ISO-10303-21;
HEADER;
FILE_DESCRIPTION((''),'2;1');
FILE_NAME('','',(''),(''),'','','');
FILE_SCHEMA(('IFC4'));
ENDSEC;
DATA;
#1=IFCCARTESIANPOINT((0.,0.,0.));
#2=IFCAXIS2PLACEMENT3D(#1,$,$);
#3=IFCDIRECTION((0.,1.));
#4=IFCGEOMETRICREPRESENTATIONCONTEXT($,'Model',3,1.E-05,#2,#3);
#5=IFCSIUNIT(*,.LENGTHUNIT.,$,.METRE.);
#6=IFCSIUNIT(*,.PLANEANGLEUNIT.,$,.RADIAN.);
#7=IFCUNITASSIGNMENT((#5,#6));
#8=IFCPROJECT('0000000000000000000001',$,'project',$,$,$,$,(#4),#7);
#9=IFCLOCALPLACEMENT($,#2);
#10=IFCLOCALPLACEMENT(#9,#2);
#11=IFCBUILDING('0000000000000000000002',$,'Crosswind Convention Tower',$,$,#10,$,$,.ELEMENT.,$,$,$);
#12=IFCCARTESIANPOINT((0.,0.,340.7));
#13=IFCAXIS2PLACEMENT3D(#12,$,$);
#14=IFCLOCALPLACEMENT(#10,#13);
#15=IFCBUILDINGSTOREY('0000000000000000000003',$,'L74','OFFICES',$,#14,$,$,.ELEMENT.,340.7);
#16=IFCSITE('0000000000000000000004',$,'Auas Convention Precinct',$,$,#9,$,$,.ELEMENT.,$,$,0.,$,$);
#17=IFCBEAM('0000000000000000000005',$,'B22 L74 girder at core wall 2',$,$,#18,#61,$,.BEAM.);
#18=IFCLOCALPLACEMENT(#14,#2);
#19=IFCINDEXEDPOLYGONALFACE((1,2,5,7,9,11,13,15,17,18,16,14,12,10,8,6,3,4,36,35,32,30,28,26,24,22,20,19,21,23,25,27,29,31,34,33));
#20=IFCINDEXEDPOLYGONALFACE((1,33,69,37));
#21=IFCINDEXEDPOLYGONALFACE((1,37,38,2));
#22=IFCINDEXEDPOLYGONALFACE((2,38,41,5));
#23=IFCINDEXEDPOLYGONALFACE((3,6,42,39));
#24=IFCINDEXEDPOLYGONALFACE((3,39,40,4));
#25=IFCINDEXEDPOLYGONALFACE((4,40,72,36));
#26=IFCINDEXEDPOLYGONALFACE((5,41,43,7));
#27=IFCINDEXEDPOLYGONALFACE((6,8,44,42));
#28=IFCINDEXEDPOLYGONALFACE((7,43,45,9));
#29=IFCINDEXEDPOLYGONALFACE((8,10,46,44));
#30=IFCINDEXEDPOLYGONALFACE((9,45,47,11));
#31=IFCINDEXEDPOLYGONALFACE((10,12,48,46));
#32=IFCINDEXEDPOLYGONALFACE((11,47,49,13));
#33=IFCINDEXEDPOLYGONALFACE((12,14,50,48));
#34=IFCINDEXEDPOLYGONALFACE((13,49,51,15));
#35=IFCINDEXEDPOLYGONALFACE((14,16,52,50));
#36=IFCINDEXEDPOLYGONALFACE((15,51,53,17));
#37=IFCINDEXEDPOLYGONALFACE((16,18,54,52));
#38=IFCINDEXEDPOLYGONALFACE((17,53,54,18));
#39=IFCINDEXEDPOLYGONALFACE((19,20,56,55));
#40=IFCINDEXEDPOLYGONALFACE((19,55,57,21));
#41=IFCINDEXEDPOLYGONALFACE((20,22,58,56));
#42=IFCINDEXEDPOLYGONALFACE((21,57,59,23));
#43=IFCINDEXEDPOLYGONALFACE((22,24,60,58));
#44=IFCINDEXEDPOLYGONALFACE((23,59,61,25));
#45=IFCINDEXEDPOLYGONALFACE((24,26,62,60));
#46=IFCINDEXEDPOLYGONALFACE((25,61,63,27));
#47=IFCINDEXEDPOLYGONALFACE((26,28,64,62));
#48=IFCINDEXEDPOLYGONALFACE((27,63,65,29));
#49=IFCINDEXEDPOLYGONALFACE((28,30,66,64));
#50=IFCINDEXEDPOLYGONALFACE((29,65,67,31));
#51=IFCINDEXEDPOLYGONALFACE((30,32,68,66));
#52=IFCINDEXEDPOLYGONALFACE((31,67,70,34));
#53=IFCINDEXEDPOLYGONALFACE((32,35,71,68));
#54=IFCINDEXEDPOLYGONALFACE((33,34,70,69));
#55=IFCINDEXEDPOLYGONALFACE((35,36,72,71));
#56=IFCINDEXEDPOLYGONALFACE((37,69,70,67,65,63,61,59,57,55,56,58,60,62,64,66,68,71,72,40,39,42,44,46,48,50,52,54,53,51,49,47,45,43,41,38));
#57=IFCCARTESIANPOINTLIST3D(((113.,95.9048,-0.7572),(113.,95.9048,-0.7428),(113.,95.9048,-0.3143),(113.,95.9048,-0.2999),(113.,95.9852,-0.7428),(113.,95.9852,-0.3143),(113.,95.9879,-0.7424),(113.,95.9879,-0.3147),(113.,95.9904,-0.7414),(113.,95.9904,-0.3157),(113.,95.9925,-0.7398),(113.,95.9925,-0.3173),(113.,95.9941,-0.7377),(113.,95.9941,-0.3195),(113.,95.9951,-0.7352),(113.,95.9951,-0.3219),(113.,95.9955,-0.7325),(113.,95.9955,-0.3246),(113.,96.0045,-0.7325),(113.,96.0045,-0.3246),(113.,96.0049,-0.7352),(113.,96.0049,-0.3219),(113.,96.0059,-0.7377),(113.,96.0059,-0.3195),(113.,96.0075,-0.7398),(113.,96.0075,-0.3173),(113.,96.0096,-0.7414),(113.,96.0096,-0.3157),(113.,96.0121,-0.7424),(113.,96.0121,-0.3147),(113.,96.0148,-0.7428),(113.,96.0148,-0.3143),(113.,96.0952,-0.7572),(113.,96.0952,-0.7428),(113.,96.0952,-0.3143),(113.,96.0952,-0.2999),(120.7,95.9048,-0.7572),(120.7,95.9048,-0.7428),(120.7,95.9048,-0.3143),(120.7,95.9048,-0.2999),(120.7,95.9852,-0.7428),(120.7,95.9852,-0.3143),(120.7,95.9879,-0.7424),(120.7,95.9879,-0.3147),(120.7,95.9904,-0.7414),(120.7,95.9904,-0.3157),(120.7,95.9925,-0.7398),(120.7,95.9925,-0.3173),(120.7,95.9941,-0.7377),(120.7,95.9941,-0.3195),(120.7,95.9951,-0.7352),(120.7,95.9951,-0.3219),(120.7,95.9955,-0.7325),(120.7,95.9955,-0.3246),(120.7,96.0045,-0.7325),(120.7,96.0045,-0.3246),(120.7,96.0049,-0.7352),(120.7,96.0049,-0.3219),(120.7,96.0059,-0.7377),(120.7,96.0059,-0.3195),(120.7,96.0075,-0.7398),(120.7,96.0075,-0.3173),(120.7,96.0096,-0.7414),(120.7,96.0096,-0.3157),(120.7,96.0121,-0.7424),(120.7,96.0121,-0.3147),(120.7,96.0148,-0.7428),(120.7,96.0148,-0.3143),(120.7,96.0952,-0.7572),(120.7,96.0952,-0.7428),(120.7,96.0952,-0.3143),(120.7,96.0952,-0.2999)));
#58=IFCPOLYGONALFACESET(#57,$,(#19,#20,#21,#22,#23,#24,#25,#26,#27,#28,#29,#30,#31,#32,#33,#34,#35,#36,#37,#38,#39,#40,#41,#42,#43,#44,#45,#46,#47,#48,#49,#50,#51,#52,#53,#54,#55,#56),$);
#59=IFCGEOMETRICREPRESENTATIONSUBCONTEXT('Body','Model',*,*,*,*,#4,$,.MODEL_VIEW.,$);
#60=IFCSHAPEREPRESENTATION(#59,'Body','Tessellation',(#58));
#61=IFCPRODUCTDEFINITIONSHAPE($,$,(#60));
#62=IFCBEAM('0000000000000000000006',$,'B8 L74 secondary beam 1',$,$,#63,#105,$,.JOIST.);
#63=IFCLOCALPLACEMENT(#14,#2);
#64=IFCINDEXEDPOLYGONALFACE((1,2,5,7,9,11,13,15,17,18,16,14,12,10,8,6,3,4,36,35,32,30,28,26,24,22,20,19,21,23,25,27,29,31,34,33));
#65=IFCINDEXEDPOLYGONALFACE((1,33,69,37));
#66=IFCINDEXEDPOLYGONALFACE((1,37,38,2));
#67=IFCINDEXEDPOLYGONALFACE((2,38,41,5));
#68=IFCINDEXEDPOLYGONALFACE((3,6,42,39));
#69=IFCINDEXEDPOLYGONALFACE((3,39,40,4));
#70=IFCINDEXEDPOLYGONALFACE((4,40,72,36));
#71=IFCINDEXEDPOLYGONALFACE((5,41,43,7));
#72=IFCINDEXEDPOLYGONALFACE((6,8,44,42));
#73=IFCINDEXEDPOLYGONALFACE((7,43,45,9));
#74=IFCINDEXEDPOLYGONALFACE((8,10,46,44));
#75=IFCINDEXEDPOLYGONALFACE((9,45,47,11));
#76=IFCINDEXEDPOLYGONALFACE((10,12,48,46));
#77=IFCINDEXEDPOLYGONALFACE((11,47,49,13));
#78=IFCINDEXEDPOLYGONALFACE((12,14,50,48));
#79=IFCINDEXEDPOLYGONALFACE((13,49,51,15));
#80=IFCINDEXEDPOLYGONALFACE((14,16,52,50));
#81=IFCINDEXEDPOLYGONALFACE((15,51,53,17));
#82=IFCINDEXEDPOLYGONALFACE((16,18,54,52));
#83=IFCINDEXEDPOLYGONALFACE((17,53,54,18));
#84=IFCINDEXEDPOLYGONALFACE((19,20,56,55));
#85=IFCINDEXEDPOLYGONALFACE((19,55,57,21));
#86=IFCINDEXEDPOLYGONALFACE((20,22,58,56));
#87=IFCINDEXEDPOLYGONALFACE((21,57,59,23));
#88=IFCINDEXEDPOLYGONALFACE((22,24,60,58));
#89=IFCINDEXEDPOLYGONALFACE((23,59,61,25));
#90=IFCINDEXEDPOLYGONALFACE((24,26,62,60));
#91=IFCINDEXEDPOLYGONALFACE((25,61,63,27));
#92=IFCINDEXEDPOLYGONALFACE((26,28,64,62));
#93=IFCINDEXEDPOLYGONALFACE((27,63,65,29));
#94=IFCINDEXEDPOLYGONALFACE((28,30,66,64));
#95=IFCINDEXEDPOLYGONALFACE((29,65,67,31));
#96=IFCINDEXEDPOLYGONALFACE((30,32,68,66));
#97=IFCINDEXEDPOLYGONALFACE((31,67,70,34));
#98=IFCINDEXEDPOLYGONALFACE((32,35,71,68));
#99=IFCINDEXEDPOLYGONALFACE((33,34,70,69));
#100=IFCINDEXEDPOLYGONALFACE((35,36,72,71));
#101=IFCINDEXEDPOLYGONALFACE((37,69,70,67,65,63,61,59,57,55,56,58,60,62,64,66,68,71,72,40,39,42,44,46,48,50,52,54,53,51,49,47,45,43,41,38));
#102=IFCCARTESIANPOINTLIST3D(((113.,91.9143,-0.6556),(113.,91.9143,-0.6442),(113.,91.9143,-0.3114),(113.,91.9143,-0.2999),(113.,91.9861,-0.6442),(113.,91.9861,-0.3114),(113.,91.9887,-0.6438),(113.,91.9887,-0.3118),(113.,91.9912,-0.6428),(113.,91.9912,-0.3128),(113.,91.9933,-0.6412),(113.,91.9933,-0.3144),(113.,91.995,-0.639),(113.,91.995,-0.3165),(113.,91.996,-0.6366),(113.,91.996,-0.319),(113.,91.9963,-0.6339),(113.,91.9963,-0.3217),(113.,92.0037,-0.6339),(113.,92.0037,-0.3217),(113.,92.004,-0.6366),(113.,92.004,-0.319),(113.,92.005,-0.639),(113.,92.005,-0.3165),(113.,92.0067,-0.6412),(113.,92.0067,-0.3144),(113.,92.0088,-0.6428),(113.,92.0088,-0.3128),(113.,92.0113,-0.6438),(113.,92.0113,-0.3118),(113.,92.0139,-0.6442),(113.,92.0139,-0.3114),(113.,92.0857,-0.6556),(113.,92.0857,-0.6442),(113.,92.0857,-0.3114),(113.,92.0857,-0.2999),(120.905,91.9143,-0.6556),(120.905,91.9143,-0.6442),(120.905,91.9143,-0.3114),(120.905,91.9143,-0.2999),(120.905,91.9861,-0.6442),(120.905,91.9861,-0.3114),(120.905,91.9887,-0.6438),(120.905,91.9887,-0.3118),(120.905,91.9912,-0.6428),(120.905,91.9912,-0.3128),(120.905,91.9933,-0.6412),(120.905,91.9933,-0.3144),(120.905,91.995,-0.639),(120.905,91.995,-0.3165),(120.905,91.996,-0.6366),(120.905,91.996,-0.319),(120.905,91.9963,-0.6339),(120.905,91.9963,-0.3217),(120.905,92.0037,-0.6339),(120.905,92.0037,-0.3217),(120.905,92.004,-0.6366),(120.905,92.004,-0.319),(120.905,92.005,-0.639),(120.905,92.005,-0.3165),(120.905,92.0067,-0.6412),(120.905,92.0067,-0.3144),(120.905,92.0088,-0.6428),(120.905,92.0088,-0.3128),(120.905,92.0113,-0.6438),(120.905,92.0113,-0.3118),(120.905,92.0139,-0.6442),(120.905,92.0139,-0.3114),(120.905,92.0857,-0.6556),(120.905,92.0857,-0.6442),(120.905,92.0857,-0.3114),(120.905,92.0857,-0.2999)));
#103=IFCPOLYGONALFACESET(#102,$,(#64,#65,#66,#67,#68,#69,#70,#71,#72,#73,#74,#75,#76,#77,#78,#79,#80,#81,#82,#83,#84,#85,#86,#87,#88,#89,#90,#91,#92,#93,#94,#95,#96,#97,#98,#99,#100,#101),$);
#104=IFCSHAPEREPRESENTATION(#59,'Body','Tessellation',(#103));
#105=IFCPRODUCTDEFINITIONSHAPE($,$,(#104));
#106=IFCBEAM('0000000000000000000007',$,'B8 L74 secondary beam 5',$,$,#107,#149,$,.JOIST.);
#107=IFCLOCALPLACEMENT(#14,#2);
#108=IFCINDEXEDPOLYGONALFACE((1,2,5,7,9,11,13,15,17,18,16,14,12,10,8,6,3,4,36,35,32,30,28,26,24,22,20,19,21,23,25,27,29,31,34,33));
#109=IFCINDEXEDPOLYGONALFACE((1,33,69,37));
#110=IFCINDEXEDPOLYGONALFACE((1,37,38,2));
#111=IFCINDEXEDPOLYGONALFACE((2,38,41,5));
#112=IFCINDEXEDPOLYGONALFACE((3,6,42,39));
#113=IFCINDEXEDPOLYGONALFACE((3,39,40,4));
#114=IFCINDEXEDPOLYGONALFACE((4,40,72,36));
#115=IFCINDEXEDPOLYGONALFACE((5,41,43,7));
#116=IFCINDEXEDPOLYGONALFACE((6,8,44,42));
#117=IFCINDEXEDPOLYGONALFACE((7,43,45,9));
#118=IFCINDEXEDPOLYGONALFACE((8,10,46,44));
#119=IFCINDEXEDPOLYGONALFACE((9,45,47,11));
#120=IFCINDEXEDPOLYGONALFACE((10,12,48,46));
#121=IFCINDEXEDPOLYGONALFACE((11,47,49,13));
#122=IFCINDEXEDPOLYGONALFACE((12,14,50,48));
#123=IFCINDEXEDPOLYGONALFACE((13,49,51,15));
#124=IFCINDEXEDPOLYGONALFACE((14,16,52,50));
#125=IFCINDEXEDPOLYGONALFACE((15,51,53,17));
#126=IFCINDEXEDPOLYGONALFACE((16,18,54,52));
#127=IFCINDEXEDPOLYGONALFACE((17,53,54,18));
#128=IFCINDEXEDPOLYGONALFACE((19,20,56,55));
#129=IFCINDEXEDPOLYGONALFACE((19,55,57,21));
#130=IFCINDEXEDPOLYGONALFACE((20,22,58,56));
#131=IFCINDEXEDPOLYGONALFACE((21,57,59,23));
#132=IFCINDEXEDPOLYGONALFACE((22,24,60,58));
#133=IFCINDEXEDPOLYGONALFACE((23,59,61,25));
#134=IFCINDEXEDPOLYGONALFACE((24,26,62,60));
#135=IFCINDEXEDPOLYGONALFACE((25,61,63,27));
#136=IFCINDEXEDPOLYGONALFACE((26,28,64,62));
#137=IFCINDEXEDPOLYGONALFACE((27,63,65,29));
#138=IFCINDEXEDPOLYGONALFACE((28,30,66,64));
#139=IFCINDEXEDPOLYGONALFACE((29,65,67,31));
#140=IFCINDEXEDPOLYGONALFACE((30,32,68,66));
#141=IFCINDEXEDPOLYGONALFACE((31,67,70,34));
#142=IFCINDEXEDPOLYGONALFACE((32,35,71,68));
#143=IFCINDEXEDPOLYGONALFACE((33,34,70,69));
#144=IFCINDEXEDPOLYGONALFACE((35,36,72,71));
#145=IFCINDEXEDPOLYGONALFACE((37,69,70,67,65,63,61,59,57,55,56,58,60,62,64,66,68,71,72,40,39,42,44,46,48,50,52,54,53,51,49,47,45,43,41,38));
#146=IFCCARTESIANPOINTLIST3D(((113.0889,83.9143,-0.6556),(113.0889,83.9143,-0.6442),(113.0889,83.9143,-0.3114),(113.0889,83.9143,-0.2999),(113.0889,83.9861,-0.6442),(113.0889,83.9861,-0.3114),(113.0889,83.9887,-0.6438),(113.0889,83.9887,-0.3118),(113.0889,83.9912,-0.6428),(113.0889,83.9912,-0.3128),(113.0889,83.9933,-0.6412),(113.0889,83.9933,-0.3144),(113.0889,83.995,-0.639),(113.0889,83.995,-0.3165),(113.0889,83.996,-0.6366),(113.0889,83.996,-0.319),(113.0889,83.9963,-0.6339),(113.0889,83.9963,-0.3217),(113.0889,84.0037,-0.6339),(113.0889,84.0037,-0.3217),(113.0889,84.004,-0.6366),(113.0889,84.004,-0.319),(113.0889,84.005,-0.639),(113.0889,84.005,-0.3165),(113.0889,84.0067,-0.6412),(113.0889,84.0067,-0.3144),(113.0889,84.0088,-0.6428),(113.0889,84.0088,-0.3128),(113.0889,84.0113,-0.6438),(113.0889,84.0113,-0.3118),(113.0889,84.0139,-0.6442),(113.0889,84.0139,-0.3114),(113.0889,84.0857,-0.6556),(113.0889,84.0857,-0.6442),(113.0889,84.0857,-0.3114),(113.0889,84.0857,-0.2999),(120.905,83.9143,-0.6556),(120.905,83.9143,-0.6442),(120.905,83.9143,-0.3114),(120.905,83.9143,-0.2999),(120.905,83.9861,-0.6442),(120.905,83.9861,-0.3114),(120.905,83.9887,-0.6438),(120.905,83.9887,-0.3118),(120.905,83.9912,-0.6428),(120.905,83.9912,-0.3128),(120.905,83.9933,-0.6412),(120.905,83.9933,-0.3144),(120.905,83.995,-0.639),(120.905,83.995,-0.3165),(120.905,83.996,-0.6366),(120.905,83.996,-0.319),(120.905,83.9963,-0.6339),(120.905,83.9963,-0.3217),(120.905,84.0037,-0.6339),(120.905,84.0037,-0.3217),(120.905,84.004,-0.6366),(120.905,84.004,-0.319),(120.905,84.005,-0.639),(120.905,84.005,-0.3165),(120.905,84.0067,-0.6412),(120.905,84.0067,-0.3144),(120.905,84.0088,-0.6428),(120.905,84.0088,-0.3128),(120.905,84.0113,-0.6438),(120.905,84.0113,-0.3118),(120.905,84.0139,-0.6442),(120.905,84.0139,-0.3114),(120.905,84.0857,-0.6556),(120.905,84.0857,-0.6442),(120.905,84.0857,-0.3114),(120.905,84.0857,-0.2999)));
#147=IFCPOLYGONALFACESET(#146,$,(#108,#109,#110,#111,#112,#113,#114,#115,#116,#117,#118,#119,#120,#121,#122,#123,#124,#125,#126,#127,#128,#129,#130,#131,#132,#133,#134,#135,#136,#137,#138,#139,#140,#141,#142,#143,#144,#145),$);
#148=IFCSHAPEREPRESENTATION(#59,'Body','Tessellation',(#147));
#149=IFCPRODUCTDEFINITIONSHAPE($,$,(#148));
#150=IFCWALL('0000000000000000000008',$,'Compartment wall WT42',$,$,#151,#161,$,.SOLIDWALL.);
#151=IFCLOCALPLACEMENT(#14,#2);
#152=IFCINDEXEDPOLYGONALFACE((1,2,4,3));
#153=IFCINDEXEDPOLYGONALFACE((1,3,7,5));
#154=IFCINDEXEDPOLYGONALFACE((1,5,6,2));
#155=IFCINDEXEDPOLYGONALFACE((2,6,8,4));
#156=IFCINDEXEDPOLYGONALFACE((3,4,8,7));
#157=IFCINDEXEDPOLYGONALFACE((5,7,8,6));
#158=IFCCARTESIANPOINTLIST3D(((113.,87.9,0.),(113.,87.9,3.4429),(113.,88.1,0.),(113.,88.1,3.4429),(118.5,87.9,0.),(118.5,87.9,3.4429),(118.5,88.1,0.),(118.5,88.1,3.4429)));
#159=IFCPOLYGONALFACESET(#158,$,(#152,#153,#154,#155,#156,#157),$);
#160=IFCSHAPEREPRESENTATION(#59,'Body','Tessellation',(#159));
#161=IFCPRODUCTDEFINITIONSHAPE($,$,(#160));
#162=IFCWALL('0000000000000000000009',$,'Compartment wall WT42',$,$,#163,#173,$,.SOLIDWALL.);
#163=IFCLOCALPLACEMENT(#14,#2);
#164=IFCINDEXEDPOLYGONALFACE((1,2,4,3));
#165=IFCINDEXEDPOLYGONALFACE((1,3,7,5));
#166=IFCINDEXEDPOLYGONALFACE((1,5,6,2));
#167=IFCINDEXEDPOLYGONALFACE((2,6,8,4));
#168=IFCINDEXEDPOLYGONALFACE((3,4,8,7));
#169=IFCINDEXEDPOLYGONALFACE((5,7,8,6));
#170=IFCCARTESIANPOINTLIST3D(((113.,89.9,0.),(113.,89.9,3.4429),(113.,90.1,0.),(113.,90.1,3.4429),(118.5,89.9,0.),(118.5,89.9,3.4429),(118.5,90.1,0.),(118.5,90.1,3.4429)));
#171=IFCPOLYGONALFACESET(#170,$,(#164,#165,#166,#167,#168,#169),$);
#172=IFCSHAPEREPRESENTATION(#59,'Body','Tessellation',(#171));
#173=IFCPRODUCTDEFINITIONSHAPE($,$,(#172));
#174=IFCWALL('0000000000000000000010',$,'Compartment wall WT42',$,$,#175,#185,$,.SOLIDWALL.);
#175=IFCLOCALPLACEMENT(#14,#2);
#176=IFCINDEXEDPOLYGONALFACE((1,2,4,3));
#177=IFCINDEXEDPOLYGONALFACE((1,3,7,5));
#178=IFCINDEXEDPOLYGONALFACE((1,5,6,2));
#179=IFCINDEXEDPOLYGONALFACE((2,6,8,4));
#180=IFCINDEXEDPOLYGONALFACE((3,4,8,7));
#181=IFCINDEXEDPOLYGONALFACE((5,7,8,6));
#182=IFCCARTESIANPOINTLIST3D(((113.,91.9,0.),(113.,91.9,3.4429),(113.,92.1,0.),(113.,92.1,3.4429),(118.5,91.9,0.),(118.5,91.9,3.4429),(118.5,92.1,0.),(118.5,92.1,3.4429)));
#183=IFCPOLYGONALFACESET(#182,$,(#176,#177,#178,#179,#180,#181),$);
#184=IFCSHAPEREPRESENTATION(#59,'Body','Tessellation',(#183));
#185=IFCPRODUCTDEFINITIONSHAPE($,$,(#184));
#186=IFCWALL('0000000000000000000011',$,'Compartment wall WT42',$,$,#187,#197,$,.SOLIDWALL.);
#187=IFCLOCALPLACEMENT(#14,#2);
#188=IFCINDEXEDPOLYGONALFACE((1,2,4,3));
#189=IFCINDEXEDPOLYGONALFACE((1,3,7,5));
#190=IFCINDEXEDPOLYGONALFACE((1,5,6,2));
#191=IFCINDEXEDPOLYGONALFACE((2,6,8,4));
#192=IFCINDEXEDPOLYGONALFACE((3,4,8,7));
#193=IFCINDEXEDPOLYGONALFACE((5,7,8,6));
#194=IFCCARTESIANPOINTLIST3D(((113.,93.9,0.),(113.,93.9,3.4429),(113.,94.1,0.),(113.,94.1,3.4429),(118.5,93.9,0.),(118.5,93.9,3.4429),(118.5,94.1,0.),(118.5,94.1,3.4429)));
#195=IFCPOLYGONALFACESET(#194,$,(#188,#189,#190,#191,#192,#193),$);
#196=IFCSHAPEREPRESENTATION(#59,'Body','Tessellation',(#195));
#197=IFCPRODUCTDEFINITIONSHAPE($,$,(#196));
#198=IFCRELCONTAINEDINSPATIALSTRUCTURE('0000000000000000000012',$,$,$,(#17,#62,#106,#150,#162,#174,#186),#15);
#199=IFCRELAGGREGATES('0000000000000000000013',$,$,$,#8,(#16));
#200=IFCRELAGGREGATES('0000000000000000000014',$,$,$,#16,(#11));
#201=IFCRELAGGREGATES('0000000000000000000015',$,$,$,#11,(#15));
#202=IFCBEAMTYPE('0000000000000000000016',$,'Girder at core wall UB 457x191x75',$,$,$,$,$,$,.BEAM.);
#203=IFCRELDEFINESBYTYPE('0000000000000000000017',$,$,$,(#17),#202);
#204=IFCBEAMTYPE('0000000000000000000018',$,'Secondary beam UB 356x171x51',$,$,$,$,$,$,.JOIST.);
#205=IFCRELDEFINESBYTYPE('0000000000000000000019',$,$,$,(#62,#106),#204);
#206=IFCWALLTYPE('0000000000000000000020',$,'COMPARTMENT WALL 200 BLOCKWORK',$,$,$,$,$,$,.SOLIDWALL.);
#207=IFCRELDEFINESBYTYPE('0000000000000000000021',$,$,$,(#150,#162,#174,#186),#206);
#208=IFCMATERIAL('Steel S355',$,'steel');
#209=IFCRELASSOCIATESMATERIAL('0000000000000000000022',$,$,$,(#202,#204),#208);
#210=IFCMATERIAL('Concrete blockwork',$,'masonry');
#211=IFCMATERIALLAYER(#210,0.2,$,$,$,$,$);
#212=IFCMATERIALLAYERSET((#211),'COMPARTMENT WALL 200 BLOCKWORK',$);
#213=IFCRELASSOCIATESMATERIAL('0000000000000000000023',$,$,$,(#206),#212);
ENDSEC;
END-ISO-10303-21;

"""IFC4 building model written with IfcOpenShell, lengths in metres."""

from ifc_helpers import new_model, si_unit, direction, frame, frame_2d, origin, origin_2d, place, context, subcontext, project, spatial, rectangle, i_section, extrude, material, layer, layer_set, material_profile, profile_set, type_object, element, save


model = new_model("IFC4")

# Units and contexts
model_context = context("Model", 3, precision=1e-05, world=origin(), true_north=direction((0.0, 1.0)))
body_context = subcontext(model_context, "Body", "Model", "MODEL_VIEW")
ifc_project = project(units=[si_unit("LENGTHUNIT", "METRE"), si_unit("PLANEANGLEUNIT", "RADIAN")], contexts=[model_context])

# Site, building, storey
site_placement = place(None, origin())
site = spatial("IfcSite", under=ifc_project, at=site_placement, Name="Auas Convention Precinct", CompositionType="ELEMENT", RefElevation=0.0)
building_placement = place(site_placement, origin())
building = spatial("IfcBuilding", under=site, at=building_placement, Name="Crosswind Convention Tower", CompositionType="ELEMENT")
storey_placement = place(building_placement, frame((0.0, 0.0, 340.7)))
storey = spatial("IfcBuildingStorey", under=building, at=storey_placement, Name="L74", Description="OFFICES", CompositionType="ELEMENT", Elevation=340.7)

# Beams
ifc_material_1 = material(Name="Steel S355", Category="steel")
ifc_material_profile_1 = material_profile(ifc_material_1, i_section(OverallWidth=0.1904, OverallDepth=0.4573, WebThickness=0.009, FlangeThickness=0.0144, FilletRadius=0.0103, at=origin_2d()), Name="UB 457x191x75")
ifc_profile_set_1 = profile_set([ifc_material_profile_1], Name="Steel S355")
beam_type_1 = type_object("IfcBeamType", Name="Girder at core wall UB 457x191x75", PredefinedType="BEAM", material=ifc_profile_set_1)
for number, where, z_axis, x_axis, name in (
    (1, (113.0, 96.0, -0.5286), (1.0, 0.0, 0.0), (0.0, 1.0, 0.0), "B22 L74 girder at core wall 2"),
):
    element("IfcBeam", number, at=place(storey_placement, frame(where, z_axis=z_axis, x_axis=x_axis)), inside=storey, type_object=beam_type_1, Name=name, PredefinedType="BEAM", context=body_context, shape_type="SweptSolid", body=[
        extrude(i_section(OverallWidth=0.1904, OverallDepth=0.4573, WebThickness=0.009, FlangeThickness=0.0144, FilletRadius=0.0103, at=origin_2d()), origin(), (0.0, 0.0, 1.0), 7.7),
    ])
ifc_material_profile_2 = material_profile(ifc_material_1, i_section(OverallWidth=0.1714, OverallDepth=0.3557, WebThickness=0.0073, FlangeThickness=0.0115, FilletRadius=0.0103, at=origin_2d()), Name="UB 356x171x51")
ifc_profile_set_2 = profile_set([ifc_material_profile_2], Name="Steel S355")
beam_type_2 = type_object("IfcBeamType", Name="Secondary beam UB 356x171x51", PredefinedType="JOIST", material=ifc_profile_set_2)
beam_1_placement = place(storey_placement, frame((113.0, 92.0, -0.4778), z_axis=(1.0, 0.0, 0.0), x_axis=(0.0, 1.0, 0.0)))
element("IfcBeam", 2, at=beam_1_placement, inside=storey, type_object=beam_type_2, Name="B8 L74 secondary beam 1", PredefinedType="JOIST", context=body_context, shape_type="SweptSolid", body=[
    extrude(i_section(OverallWidth=0.1714, OverallDepth=0.3557, WebThickness=0.0073, FlangeThickness=0.0115, FilletRadius=0.0103, at=origin_2d()), origin(), (0.0, 0.0, 1.0), 7.905),
])
beam_2_placement = place(storey_placement, frame((113.0889, 84.0, -0.4778), z_axis=(1.0, 0.0, 0.0), x_axis=(0.0, 1.0, 0.0)))
element("IfcBeam", 3, at=beam_2_placement, inside=storey, type_object=beam_type_2, Name="B8 L74 secondary beam 5", PredefinedType="JOIST", context=body_context, shape_type="SweptSolid", body=[
    extrude(i_section(OverallWidth=0.1714, OverallDepth=0.3557, WebThickness=0.0073, FlangeThickness=0.0115, FilletRadius=0.0103, at=origin_2d()), origin(), (0.0, 0.0, 1.0), 7.8162),
])

# Walls
ifc_material_2 = material(Name="Concrete blockwork", Category="masonry")
ifc_layer_1 = layer(ifc_material_2, 0.2)
ifc_layer_set_1 = layer_set([ifc_layer_1], Name="COMPARTMENT WALL 200 BLOCKWORK")
wall_type_1 = type_object("IfcWallType", Name="COMPARTMENT WALL 200 BLOCKWORK", PredefinedType="SOLIDWALL", material=ifc_layer_set_1)
for number, where, z_axis, x_axis, name in (
    (4, (113.0, 88.0, 0.0), (0.0, 0.0, 1.0), (1.0, 0.0, 0.0), "Compartment wall WT42"),
    (5, (113.0, 90.0, 0.0), (0.0, 0.0, 1.0), (1.0, 0.0, 0.0), "Compartment wall WT42"),
    (6, (113.0, 92.0, 0.0), (0.0, 0.0, 1.0), (1.0, 0.0, 0.0), "Compartment wall WT42"),
    (7, (113.0, 94.0, 0.0), (0.0, 0.0, 1.0), (1.0, 0.0, 0.0), "Compartment wall WT42"),
):
    element("IfcWall", number, at=place(storey_placement, frame(where, z_axis=z_axis, x_axis=x_axis)), inside=storey, type_object=wall_type_1, Name=name, PredefinedType="SOLIDWALL", context=body_context, shape_type="SweptSolid", body=[
        extrude(rectangle(XDim=5.5, YDim=0.2, at=frame_2d((2.75, 0.0))), origin(), (0.0, 0.0, 1.0), 3.4429),
    ])

save(model, "model.ifc")
